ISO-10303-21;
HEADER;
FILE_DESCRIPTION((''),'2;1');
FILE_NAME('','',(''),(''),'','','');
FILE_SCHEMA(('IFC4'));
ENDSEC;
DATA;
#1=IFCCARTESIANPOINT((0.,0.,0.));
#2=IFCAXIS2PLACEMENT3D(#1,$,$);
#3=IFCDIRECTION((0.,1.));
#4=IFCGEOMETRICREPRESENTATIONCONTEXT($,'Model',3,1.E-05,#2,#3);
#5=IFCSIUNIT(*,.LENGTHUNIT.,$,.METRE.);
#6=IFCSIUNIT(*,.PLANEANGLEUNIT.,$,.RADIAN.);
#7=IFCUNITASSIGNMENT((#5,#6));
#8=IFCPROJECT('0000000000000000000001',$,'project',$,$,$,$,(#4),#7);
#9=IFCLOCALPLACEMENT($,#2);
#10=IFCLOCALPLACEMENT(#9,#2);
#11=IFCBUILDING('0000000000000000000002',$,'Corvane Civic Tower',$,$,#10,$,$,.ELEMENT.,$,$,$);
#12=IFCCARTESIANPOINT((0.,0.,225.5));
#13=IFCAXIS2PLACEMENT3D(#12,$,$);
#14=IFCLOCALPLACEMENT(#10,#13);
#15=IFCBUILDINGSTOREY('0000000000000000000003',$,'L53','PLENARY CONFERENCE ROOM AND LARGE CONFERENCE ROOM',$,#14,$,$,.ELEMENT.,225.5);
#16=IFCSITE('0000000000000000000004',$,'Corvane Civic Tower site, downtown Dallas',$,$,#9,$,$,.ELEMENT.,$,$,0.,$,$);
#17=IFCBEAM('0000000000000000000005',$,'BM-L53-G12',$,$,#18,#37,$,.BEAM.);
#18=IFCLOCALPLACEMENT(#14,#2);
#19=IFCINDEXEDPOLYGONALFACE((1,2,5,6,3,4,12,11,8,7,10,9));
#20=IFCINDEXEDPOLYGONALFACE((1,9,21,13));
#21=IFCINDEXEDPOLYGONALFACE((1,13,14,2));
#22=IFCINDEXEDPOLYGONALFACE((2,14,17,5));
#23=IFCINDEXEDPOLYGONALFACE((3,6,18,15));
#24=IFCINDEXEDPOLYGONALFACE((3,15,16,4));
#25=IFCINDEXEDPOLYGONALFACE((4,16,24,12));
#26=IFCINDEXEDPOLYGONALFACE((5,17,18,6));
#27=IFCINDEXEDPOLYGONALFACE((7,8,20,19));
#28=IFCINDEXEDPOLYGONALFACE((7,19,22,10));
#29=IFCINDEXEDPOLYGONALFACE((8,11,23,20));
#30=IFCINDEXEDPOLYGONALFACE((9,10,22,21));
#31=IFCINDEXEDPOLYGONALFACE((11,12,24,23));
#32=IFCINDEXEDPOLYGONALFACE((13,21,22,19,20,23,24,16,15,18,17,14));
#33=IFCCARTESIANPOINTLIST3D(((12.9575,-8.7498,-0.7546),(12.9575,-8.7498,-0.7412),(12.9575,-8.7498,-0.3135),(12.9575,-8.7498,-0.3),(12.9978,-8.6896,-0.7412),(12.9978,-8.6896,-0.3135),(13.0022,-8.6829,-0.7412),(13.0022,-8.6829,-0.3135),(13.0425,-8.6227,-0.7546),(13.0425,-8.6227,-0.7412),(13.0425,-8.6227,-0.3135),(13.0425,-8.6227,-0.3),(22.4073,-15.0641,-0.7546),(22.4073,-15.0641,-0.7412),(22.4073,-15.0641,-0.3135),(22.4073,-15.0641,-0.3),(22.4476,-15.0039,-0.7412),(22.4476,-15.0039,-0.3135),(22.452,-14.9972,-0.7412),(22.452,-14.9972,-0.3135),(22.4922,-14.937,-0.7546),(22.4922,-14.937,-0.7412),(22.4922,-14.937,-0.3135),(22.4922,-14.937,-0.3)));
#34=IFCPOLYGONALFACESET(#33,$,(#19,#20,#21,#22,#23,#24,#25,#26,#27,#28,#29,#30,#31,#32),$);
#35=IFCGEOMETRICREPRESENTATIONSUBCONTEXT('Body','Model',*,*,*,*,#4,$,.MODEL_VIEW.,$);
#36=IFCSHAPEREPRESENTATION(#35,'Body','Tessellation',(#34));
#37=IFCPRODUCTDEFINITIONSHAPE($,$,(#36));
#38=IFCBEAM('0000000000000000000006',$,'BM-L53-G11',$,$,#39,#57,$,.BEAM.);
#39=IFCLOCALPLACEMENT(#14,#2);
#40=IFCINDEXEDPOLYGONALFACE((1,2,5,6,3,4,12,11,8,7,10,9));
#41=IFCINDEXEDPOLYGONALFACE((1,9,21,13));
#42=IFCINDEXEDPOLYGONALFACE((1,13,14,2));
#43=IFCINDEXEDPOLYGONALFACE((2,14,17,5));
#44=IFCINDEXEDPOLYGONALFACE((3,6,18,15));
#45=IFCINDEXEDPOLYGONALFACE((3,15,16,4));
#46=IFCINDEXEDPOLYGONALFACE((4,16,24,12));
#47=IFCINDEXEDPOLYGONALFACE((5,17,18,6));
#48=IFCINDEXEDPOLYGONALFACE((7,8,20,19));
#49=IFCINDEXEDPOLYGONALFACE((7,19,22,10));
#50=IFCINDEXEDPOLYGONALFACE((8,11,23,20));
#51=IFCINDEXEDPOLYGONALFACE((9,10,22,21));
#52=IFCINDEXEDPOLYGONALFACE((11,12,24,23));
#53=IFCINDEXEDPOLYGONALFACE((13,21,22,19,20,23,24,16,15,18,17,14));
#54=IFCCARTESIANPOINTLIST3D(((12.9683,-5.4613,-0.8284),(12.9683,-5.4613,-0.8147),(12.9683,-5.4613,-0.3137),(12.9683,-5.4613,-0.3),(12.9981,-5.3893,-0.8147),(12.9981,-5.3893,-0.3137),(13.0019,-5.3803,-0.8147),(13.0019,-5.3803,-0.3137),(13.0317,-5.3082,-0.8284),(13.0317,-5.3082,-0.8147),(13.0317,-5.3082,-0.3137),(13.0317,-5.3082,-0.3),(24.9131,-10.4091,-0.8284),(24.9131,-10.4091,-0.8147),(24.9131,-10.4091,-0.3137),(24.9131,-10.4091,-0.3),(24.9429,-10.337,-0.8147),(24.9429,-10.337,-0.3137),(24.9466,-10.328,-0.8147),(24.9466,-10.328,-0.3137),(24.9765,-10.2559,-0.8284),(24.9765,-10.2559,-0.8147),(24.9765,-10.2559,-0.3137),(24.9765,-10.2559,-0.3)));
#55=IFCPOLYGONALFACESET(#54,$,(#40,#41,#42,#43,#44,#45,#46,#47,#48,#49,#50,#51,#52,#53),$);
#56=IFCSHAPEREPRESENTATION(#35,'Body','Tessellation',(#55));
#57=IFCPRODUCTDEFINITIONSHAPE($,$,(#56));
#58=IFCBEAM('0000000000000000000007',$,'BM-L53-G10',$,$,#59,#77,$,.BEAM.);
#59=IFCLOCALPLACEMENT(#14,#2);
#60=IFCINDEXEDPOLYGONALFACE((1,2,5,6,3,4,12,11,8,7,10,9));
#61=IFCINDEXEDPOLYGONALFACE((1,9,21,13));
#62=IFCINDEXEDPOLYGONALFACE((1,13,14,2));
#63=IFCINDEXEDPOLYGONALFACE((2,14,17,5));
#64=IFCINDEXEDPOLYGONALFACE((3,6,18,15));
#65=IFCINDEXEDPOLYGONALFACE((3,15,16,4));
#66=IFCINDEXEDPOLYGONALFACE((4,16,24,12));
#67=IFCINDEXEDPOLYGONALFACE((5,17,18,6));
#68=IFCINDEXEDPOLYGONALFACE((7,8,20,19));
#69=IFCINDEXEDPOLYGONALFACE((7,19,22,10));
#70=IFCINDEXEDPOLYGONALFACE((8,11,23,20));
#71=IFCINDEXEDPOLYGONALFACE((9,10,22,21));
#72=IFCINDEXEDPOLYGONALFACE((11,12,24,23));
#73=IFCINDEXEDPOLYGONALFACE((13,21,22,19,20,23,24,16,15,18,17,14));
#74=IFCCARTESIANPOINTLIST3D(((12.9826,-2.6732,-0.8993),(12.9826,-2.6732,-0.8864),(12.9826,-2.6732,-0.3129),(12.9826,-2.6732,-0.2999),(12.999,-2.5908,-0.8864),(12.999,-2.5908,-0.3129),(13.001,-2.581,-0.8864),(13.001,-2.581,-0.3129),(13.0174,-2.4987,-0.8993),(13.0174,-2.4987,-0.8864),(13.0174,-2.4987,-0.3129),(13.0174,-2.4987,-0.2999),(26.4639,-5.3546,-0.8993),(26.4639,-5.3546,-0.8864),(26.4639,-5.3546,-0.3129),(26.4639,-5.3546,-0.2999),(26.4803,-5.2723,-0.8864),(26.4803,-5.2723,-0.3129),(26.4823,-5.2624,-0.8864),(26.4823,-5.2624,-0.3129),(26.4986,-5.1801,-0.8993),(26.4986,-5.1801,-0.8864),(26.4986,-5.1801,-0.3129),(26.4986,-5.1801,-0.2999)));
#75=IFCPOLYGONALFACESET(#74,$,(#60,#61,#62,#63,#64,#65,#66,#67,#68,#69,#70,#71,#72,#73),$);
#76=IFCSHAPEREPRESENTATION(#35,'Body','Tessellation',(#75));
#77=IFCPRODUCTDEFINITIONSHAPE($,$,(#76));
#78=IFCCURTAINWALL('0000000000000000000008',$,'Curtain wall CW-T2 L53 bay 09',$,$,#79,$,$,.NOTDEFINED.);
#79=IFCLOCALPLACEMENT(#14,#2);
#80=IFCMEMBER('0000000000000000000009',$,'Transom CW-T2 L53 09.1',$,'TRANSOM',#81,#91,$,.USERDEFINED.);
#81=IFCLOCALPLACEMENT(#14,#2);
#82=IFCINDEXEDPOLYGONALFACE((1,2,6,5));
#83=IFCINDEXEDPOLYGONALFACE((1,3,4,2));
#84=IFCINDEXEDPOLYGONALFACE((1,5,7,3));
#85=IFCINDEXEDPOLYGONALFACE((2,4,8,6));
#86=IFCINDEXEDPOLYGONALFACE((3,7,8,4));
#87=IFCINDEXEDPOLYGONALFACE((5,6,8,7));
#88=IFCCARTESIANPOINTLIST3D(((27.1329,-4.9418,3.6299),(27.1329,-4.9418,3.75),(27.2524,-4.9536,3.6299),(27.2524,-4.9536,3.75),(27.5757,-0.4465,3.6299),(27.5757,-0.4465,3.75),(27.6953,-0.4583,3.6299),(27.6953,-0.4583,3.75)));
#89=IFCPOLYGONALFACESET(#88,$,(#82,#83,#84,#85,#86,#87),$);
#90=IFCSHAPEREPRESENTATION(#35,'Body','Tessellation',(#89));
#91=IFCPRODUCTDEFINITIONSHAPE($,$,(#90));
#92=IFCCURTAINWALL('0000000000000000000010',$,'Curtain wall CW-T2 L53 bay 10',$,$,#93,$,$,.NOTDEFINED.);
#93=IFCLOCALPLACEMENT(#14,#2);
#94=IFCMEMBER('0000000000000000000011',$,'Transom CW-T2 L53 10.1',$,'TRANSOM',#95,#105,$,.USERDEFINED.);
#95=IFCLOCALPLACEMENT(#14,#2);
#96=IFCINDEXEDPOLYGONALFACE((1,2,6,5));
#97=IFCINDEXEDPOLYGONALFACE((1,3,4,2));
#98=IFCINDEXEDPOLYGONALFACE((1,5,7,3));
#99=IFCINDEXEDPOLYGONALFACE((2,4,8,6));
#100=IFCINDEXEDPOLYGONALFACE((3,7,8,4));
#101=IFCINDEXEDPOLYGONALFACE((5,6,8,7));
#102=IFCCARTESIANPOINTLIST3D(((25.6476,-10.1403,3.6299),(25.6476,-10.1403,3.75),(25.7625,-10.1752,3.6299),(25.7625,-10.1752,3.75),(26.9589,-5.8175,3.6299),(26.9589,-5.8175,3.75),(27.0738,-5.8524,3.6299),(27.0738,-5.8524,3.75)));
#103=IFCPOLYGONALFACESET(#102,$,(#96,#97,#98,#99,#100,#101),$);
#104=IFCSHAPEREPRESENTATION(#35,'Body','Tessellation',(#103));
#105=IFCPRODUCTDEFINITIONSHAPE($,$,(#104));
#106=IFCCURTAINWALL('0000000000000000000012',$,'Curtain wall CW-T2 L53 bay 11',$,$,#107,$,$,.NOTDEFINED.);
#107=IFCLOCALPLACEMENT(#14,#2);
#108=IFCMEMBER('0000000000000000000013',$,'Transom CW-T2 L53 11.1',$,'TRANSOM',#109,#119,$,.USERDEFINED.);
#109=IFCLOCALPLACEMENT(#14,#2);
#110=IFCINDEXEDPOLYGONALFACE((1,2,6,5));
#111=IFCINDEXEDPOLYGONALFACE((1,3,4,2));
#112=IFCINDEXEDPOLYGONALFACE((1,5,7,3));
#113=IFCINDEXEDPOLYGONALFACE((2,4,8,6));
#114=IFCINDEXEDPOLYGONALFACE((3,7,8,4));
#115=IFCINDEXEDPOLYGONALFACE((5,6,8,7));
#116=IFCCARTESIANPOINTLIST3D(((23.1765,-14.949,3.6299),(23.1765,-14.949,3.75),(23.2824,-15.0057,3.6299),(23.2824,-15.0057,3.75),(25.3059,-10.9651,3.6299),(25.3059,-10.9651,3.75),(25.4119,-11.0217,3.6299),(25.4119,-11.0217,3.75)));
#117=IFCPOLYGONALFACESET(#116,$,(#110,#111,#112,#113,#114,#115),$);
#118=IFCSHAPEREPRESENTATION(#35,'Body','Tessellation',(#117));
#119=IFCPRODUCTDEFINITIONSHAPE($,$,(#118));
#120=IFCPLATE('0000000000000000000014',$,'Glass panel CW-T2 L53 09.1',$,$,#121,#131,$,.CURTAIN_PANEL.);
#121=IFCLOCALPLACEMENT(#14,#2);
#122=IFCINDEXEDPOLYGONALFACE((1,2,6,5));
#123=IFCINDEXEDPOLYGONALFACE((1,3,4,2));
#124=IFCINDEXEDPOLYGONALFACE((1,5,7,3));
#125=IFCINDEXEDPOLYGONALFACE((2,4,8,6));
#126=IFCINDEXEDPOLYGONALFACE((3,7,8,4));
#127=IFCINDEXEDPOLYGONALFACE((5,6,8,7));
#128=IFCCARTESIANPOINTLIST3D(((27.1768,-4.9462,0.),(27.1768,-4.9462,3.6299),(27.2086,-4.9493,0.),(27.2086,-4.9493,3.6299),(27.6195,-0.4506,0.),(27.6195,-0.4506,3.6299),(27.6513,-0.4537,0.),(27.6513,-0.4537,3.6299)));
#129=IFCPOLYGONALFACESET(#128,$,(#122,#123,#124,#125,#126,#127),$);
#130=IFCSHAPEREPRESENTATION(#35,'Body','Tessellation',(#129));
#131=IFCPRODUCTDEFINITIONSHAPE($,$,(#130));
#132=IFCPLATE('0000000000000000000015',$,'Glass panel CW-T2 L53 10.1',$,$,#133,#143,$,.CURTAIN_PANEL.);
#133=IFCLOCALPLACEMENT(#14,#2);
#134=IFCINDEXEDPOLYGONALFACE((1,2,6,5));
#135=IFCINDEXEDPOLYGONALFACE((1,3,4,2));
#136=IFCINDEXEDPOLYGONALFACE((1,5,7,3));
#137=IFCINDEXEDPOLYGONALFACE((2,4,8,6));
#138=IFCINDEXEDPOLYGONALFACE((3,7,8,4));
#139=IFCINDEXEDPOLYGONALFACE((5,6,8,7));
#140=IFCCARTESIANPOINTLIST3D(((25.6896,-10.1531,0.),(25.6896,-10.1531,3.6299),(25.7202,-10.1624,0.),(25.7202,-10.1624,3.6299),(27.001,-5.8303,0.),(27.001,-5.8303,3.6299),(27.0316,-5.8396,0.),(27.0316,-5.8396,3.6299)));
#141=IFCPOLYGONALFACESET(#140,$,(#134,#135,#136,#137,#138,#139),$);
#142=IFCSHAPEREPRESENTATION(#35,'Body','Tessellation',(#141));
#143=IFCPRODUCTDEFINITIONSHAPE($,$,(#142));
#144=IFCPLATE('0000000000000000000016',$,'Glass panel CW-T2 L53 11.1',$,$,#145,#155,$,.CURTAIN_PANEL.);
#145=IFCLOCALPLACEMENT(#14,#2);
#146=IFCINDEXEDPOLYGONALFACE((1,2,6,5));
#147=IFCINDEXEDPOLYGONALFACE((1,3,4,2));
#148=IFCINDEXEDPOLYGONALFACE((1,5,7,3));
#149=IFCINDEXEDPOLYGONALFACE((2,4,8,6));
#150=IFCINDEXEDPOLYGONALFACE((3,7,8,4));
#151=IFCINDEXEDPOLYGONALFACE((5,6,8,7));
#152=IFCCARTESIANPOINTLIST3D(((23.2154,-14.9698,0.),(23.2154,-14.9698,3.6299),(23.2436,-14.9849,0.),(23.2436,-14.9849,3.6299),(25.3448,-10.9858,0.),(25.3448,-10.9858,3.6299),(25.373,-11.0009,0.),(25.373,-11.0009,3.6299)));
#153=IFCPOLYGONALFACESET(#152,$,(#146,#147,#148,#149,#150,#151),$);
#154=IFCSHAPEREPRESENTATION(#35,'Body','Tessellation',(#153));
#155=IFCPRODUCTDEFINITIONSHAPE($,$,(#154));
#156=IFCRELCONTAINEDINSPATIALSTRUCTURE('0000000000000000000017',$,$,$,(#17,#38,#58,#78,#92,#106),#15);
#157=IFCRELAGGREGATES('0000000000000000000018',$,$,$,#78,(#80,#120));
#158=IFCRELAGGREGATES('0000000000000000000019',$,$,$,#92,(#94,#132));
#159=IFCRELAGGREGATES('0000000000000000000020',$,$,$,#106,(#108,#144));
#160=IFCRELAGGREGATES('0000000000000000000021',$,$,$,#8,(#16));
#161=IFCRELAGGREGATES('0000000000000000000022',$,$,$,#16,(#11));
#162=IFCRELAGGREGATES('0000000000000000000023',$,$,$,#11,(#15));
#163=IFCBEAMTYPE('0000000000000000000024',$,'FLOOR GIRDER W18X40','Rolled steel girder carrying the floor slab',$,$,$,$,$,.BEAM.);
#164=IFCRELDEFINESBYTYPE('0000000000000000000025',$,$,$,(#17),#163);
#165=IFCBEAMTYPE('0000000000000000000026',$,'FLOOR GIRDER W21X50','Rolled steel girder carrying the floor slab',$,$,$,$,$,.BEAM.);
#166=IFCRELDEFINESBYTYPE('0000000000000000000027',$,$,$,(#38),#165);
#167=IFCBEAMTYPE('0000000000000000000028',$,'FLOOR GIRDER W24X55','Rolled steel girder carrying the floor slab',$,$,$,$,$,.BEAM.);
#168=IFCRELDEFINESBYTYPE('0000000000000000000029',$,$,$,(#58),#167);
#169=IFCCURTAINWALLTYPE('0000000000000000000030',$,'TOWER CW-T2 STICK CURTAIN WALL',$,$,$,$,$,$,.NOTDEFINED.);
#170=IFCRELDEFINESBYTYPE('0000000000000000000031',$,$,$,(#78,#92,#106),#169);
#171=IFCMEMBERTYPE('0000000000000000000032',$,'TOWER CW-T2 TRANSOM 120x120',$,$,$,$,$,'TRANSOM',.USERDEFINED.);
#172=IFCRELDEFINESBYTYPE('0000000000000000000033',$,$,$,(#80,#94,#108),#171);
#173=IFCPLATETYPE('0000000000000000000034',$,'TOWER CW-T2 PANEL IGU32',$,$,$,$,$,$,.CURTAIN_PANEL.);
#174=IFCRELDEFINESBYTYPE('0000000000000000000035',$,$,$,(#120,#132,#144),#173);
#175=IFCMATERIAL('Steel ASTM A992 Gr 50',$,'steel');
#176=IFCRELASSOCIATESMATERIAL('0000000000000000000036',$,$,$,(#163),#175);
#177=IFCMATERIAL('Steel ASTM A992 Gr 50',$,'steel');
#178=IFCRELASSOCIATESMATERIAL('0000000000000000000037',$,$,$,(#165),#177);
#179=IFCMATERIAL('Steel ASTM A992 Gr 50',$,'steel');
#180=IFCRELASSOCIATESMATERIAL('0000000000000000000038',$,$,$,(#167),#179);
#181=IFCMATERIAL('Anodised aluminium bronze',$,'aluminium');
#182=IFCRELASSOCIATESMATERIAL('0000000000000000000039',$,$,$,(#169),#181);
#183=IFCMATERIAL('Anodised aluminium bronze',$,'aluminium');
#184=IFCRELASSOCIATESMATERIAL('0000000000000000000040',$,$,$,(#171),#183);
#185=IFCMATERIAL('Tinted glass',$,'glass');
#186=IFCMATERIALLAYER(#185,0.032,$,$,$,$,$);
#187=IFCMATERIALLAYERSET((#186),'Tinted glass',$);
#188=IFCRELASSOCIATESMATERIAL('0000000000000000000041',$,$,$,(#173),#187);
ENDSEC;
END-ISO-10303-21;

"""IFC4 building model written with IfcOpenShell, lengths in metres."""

from ifc_helpers import new_model, si_unit, direction, frame, origin, origin_2d, place, context, subcontext, project, spatial, rectangle, i_section, extrude, material, layer, layer_set, material_profile, profile_set, type_object, element, aggregate, save


model = new_model("IFC4")

# Units and contexts
model_context = context("Model", 3, precision=1e-05, world=origin(), true_north=direction((0.0, 1.0)))
body_context = subcontext(model_context, "Body", "Model", "MODEL_VIEW")
ifc_project = project(units=[si_unit("LENGTHUNIT", "METRE"), si_unit("PLANEANGLEUNIT", "RADIAN")], contexts=[model_context])

# Site, building, storey
site_placement = place(None, origin())
site = spatial("IfcSite", under=ifc_project, at=site_placement, Name="Corvane Civic Tower site, downtown Dallas", CompositionType="ELEMENT", RefElevation=0.0)
building_placement = place(site_placement, origin())
building = spatial("IfcBuilding", under=site, at=building_placement, Name="Corvane Civic Tower", CompositionType="ELEMENT")
storey_placement = place(building_placement, frame((0.0, 0.0, 225.5)))
storey = spatial("IfcBuildingStorey", under=building, at=storey_placement, Name="L53", Description="PLENARY CONFERENCE ROOM AND LARGE CONFERENCE ROOM", CompositionType="ELEMENT", Elevation=225.5)

# Beams
ifc_material_1 = material(Name="Steel ASTM A992 Gr 50", Category="steel")
ifc_material_profile_1 = material_profile(ifc_material_1, i_section(OverallWidth=0.1528, OverallDepth=0.4546, WebThickness=0.0081, FlangeThickness=0.0134, at=origin_2d()), Name="W18X40")
ifc_profile_set_1 = profile_set([ifc_material_profile_1], Name="Steel ASTM A992 Gr 50")
beam_type_1 = type_object("IfcBeamType", Name="FLOOR GIRDER W18X40", Description="Rolled steel girder carrying the floor slab", PredefinedType="BEAM", material=ifc_profile_set_1)
beam_1_placement = place(storey_placement, frame((13.0, -8.6863, -0.5273), z_axis=(0.831465, -0.555577, 0.0), x_axis=(0.555577, 0.831465, 0.0)))
element("IfcBeam", 1, at=beam_1_placement, inside=storey, type_object=beam_type_1, Name="BM-L53-G12", PredefinedType="BEAM", context=body_context, shape_type="SweptSolid", body=[
    extrude(i_section(OverallWidth=0.1528, OverallDepth=0.4546, WebThickness=0.0081, FlangeThickness=0.0134, at=origin_2d()), origin(), (0.0, 0.0, 1.0), 11.3652),
])
ifc_material_2 = material(Name="Steel ASTM A992 Gr 50", Category="steel")
ifc_material_profile_2 = material_profile(ifc_material_2, i_section(OverallWidth=0.1658, OverallDepth=0.5283, WebThickness=0.0098, FlangeThickness=0.0137, at=origin_2d()), Name="W21X50")
ifc_profile_set_2 = profile_set([ifc_material_profile_2], Name="Steel ASTM A992 Gr 50")
beam_type_2 = type_object("IfcBeamType", Name="FLOOR GIRDER W21X50", Description="Rolled steel girder carrying the floor slab", PredefinedType="BEAM", material=ifc_profile_set_2)
beam_2_placement = place(storey_placement, frame((13.0, -5.3848, -0.5642), z_axis=(0.923878, -0.382686, 0.0), x_axis=(0.382686, 0.923878, 0.0)))
element("IfcBeam", 2, at=beam_2_placement, inside=storey, type_object=beam_type_2, Name="BM-L53-G11", PredefinedType="BEAM", context=body_context, shape_type="SweptSolid", body=[
    extrude(i_section(OverallWidth=0.1658, OverallDepth=0.5283, WebThickness=0.0098, FlangeThickness=0.0137, at=origin_2d()), origin(), (0.0, 0.0, 1.0), 12.929),
])
ifc_material_3 = material(Name="Steel ASTM A992 Gr 50", Category="steel")
ifc_material_profile_3 = material_profile(ifc_material_3, i_section(OverallWidth=0.178, OverallDepth=0.5994, WebThickness=0.01, FlangeThickness=0.0129, at=origin_2d()), Name="W24X55")
ifc_profile_set_3 = profile_set([ifc_material_profile_3], Name="Steel ASTM A992 Gr 50")
beam_type_3 = type_object("IfcBeamType", Name="FLOOR GIRDER W24X55", Description="Rolled steel girder carrying the floor slab", PredefinedType="BEAM", material=ifc_profile_set_3)
beam_3_placement = place(storey_placement, frame((13.0, -2.5859, -0.5996), z_axis=(0.980788, -0.195078, 0.0), x_axis=(0.195078, 0.980788, 0.0)))
element("IfcBeam", 3, at=beam_3_placement, inside=storey, type_object=beam_type_3, Name="BM-L53-G10", PredefinedType="BEAM", context=body_context, shape_type="SweptSolid", body=[
    extrude(i_section(OverallWidth=0.178, OverallDepth=0.5994, WebThickness=0.01, FlangeThickness=0.0129, at=origin_2d()), origin(), (0.0, 0.0, 1.0), 13.7454),
])

# Curtain walls, members
ifc_material_4 = material(Name="Anodised aluminium bronze", Category="aluminium")
curtain_wall_type = type_object("IfcCurtainWallType", Name="TOWER CW-T2 STICK CURTAIN WALL", PredefinedType="NOTDEFINED", material=ifc_material_4)
curtain_wall_1_placement = place(storey_placement, origin())
curtain_wall_1 = element("IfcCurtainWall", 4, at=curtain_wall_1_placement, inside=storey, type_object=curtain_wall_type, Name="Curtain wall CW-T2 L53 bay 09", PredefinedType="NOTDEFINED")
ifc_material_5 = material(Name="Anodised aluminium bronze", Category="aluminium")
ifc_material_profile_4 = material_profile(ifc_material_5, rectangle(XDim=0.1201, YDim=0.1201, at=origin_2d()), Name="TOWER CW-T2 TRANSOM 120x120")
ifc_profile_set_4 = profile_set([ifc_material_profile_4], Name="Anodised aluminium bronze")
member_type = type_object("IfcMemberType", Name="TOWER CW-T2 TRANSOM 120x120", ElementType="TRANSOM", PredefinedType="USERDEFINED", material=ifc_profile_set_4)
member_1_placement = place(storey_placement, frame((27.6355, -0.4524, 3.6899), z_axis=(-0.098043, -0.995182, 0.0), x_axis=(0.995182, -0.098043, 0.0)))
member_1 = element("IfcMember", 5, at=member_1_placement, type_object=member_type, Name="Transom CW-T2 L53 09.1", ObjectType="TRANSOM", PredefinedType="USERDEFINED", context=body_context, shape_type="SweptSolid", body=[
    extrude(rectangle(XDim=0.1201, YDim=0.1201, at=origin_2d()), origin(), (0.0, 0.0, 1.0), 4.5171),
])
curtain_wall_2_placement = place(storey_placement, origin())
curtain_wall_2 = element("IfcCurtainWall", 6, at=curtain_wall_2_placement, inside=storey, type_object=curtain_wall_type, Name="Curtain wall CW-T2 L53 bay 10", PredefinedType="NOTDEFINED")
member_2_placement = place(storey_placement, frame((27.0164, -5.835, 3.6899), z_axis=(-0.290282, -0.956941, 0.0), x_axis=(0.956941, -0.290282, 0.0)))
member_2 = element("IfcMember", 7, at=member_2_placement, type_object=member_type, Name="Transom CW-T2 L53 10.1", ObjectType="TRANSOM", PredefinedType="USERDEFINED", context=body_context, shape_type="SweptSolid", body=[
    extrude(rectangle(XDim=0.1201, YDim=0.1201, at=origin_2d()), origin(), (0.0, 0.0, 1.0), 4.5173),
])
curtain_wall_3_placement = place(storey_placement, origin())
curtain_wall_3 = element("IfcCurtainWall", 8, at=curtain_wall_3_placement, inside=storey, type_object=curtain_wall_type, Name="Curtain wall CW-T2 L53 bay 11", PredefinedType="NOTDEFINED")
member_3_placement = place(storey_placement, frame((25.3589, -10.9934, 3.6899), z_axis=(-0.47139, -0.881925, 0.0), x_axis=(0.881925, -0.47139, 0.0)))
member_3 = element("IfcMember", 9, at=member_3_placement, type_object=member_type, Name="Transom CW-T2 L53 11.1", ObjectType="TRANSOM", PredefinedType="USERDEFINED", context=body_context, shape_type="SweptSolid", body=[
    extrude(rectangle(XDim=0.1201, YDim=0.1201, at=origin_2d()), origin(), (0.0, 0.0, 1.0), 4.5173),
])

# Plates
ifc_material_6 = material(Name="Tinted glass", Category="glass")
ifc_layer_1 = layer(ifc_material_6, 0.032)
ifc_layer_set_1 = layer_set([ifc_layer_1], Name="Tinted glass")
plate_type = type_object("IfcPlateType", Name="TOWER CW-T2 PANEL IGU32", PredefinedType="CURTAIN_PANEL", material=ifc_layer_set_1)
plate_1_placement = place(storey_placement, frame((27.4141, -2.7, 0.0), z_axis=(0.0, 0.0, 1.0), x_axis=(-0.097993, -0.995187, 0.0)))
plate_1 = element("IfcPlate", 10, at=plate_1_placement, type_object=plate_type, Name="Glass panel CW-T2 L53 09.1", PredefinedType="CURTAIN_PANEL", context=body_context, shape_type="SweptSolid", body=[
    extrude(rectangle(XDim=4.5173, YDim=0.032, at=origin_2d()), origin(), (0.0, 0.0, 1.0), 3.6299),
])
aggregate(curtain_wall_1, [member_1, plate_1])
plate_2_placement = place(storey_placement, frame((26.3606, -7.9963, 0.0), z_axis=(0.0, 0.0, 1.0), x_axis=(-0.29029, -0.956939, 0.0)))
plate_2 = element("IfcPlate", 11, at=plate_2_placement, type_object=plate_type, Name="Glass panel CW-T2 L53 10.1", PredefinedType="CURTAIN_PANEL", context=body_context, shape_type="SweptSolid", body=[
    extrude(rectangle(XDim=4.5173, YDim=0.032, at=origin_2d()), origin(), (0.0, 0.0, 1.0), 3.6299),
])
aggregate(curtain_wall_2, [member_2, plate_2])
plate_3_placement = place(storey_placement, frame((24.2942, -12.9854, 0.0), z_axis=(0.0, 0.0, 1.0), x_axis=(-0.471398, -0.88192, 0.0)))
plate_3 = element("IfcPlate", 12, at=plate_3_placement, type_object=plate_type, Name="Glass panel CW-T2 L53 11.1", PredefinedType="CURTAIN_PANEL", context=body_context, shape_type="SweptSolid", body=[
    extrude(rectangle(XDim=4.5173, YDim=0.032, at=origin_2d()), origin(), (0.0, 0.0, 1.0), 3.6299),
])
aggregate(curtain_wall_3, [member_3, plate_3])

save(model, "model.ifc")
